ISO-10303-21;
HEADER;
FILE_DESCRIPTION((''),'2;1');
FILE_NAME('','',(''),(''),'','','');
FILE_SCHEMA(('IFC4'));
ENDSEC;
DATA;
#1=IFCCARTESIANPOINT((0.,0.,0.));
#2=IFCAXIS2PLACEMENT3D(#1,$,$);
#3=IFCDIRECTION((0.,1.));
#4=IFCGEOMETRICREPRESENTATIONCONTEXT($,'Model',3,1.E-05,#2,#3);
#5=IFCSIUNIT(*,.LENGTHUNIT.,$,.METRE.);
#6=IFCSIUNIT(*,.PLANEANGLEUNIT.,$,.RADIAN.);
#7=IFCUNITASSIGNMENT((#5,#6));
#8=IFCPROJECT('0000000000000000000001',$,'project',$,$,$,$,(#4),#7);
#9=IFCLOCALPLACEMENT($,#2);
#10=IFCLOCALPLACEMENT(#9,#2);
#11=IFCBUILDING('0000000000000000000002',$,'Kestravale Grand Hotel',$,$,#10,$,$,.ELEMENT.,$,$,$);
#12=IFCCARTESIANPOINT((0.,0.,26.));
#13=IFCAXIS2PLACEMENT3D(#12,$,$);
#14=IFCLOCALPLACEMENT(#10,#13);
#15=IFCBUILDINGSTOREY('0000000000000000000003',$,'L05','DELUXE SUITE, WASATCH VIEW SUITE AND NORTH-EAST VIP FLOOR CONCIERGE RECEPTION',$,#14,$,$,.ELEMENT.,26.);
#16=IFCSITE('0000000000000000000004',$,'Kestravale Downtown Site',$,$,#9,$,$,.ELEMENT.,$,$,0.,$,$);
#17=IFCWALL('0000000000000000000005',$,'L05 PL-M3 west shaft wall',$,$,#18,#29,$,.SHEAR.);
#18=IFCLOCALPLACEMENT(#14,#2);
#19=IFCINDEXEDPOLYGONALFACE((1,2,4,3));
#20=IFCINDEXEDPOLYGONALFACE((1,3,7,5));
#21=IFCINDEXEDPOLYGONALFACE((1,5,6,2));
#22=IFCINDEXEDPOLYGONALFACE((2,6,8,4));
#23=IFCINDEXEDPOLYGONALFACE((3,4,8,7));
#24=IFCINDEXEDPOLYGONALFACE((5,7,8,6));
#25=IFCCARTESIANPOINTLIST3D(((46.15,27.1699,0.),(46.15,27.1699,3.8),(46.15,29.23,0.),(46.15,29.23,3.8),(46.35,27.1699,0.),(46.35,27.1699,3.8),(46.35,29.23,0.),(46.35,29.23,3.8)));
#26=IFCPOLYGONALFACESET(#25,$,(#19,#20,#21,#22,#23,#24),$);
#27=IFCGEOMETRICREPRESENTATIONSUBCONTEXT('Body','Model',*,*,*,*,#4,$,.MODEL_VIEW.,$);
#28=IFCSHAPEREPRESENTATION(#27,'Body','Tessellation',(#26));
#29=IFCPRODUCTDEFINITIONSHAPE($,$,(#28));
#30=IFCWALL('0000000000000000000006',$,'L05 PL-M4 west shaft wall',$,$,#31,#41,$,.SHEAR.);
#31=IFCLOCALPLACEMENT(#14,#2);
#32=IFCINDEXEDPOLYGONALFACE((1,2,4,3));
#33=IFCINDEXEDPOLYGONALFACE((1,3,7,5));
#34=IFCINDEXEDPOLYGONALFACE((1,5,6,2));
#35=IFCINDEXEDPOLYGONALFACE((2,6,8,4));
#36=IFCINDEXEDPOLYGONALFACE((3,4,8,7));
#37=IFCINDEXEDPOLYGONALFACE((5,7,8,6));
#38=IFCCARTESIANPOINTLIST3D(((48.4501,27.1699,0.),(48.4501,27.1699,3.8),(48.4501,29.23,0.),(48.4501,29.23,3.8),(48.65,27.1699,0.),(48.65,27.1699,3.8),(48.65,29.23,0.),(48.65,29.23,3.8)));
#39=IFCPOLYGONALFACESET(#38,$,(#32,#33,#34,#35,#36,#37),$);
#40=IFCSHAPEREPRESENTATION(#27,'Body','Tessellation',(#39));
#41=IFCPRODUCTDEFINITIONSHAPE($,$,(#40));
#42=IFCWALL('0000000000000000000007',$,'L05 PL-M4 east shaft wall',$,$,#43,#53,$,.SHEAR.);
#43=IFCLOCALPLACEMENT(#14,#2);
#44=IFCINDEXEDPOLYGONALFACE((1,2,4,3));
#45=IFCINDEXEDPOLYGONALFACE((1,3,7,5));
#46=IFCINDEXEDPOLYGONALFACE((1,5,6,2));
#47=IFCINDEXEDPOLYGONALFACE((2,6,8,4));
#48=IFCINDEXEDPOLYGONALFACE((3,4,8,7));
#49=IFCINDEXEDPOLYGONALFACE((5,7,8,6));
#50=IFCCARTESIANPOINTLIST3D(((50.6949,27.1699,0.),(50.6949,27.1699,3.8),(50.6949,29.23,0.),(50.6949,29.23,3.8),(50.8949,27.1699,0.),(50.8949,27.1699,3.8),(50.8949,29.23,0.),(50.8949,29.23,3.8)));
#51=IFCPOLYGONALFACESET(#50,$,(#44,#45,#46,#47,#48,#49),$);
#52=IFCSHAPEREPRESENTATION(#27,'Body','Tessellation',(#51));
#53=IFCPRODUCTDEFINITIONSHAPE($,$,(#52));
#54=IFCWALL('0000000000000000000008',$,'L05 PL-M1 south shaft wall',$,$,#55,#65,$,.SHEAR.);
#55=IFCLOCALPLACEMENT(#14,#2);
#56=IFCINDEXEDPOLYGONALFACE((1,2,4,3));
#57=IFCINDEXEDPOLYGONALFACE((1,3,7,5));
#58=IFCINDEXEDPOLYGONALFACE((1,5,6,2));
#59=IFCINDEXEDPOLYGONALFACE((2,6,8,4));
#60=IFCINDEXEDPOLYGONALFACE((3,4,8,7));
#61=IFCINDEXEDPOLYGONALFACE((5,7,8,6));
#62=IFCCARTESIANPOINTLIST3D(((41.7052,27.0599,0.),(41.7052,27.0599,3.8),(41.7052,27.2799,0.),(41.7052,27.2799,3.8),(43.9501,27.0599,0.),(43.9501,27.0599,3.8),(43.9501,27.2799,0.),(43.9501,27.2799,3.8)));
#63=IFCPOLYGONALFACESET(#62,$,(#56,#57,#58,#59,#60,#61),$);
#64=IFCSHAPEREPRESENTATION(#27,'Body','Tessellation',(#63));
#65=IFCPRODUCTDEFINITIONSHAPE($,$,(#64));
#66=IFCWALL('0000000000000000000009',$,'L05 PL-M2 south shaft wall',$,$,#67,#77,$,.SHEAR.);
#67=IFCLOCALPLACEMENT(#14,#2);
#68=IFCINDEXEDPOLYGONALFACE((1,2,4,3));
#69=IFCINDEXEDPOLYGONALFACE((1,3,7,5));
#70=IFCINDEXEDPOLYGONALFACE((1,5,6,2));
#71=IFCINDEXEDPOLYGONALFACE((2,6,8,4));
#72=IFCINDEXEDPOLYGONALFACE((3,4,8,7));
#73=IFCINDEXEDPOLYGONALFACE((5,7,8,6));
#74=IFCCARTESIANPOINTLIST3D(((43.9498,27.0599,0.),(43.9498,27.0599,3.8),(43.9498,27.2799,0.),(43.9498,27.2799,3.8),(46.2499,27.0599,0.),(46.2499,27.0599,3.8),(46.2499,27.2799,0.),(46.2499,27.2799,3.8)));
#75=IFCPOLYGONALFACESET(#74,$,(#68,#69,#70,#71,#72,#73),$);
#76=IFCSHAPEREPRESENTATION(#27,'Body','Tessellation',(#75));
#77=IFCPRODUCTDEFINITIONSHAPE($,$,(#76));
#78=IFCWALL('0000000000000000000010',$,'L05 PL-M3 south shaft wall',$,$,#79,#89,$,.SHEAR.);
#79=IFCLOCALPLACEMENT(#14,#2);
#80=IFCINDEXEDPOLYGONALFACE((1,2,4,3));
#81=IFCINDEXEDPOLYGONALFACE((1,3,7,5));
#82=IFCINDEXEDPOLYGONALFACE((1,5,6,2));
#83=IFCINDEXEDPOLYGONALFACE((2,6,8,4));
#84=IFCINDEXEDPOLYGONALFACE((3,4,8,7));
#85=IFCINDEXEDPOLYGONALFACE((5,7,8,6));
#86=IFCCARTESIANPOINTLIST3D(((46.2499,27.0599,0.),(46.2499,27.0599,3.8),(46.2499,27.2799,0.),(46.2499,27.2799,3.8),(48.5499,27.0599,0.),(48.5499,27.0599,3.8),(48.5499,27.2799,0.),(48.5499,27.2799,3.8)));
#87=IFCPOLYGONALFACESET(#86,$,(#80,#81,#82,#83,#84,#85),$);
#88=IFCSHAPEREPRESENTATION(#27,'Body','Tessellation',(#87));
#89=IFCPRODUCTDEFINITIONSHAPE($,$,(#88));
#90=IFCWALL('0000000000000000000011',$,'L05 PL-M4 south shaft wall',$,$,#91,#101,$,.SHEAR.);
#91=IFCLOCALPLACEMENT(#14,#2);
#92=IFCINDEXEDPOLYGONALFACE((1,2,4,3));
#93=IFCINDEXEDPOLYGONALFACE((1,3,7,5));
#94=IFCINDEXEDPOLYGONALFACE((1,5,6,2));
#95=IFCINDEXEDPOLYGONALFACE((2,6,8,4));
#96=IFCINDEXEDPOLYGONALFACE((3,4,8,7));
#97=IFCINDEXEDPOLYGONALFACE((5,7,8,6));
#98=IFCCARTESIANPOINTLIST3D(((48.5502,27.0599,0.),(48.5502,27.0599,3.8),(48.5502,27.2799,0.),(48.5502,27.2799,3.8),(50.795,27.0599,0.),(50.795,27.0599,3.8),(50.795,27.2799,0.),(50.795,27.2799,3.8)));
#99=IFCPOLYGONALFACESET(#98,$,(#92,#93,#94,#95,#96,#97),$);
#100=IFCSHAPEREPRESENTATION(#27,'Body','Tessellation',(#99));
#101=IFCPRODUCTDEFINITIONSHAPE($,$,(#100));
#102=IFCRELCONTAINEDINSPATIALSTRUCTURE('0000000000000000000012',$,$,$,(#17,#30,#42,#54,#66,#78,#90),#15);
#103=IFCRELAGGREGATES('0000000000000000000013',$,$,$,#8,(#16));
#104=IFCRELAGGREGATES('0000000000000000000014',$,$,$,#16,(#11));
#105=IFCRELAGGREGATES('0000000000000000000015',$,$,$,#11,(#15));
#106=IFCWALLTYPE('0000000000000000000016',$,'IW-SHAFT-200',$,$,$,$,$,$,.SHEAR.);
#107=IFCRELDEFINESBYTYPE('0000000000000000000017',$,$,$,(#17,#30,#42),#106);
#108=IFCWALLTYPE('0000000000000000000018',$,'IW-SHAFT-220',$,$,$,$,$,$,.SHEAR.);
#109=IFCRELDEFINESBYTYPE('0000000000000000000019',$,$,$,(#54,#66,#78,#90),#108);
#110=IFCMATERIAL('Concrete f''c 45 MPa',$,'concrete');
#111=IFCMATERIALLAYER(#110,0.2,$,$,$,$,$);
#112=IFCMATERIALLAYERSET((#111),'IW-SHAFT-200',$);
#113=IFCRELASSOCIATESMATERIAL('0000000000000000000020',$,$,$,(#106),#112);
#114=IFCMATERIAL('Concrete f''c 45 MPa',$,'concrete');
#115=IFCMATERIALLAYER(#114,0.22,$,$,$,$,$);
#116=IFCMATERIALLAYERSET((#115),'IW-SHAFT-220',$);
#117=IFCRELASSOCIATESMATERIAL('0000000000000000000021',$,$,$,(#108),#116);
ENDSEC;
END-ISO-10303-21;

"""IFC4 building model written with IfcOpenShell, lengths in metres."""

from ifc_helpers import new_model, si_unit, direction, frame, frame_2d, origin, place, context, subcontext, project, spatial, rectangle, extrude, material, layer, layer_set, type_object, element, save


model = new_model("IFC4")

# Units and contexts
model_context = context("Model", 3, precision=1e-05, world=origin(), true_north=direction((0.0, 1.0)))
body_context = subcontext(model_context, "Body", "Model", "MODEL_VIEW")
ifc_project = project(units=[si_unit("LENGTHUNIT", "METRE"), si_unit("PLANEANGLEUNIT", "RADIAN")], contexts=[model_context])

# Site, building, storey
site_placement = place(None, origin())
site = spatial("IfcSite", under=ifc_project, at=site_placement, Name="Kestravale Downtown Site", CompositionType="ELEMENT", RefElevation=0.0)
building_placement = place(site_placement, origin())
building = spatial("IfcBuilding", under=site, at=building_placement, Name="Kestravale Grand Hotel", CompositionType="ELEMENT")
storey_placement = place(building_placement, frame((0.0, 0.0, 26.0)))
storey = spatial("IfcBuildingStorey", under=building, at=storey_placement, Name="L05", Description="DELUXE SUITE, WASATCH VIEW SUITE AND NORTH-EAST VIP FLOOR CONCIERGE RECEPTION", CompositionType="ELEMENT", Elevation=26.0)

# Walls
ifc_material_1 = material(Name="Concrete f'c 45 MPa", Category="concrete")
ifc_layer_1 = layer(ifc_material_1, 0.2)
ifc_layer_set_1 = layer_set([ifc_layer_1], Name="IW-SHAFT-200")
wall_type_1 = type_object("IfcWallType", Name="IW-SHAFT-200", PredefinedType="SHEAR", material=ifc_layer_set_1)
for number, where, z_axis, x_axis, name in (
    (1, (46.25, 27.1699, 0.0), (0.0, 0.0, 1.0), (0.0, 1.0, 0.0), "L05 PL-M3 west shaft wall"),
    (2, (48.55, 27.1699, 0.0), (0.0, 0.0, 1.0), (0.0, 1.0, 0.0), "L05 PL-M4 west shaft wall"),
    (3, (50.7949, 27.1699, 0.0), (0.0, 0.0, 1.0), (0.0, 1.0, 0.0), "L05 PL-M4 east shaft wall"),
):
    element("IfcWall", number, at=place(storey_placement, frame(where, z_axis=z_axis, x_axis=x_axis)), inside=storey, type_object=wall_type_1, Name=name, PredefinedType="SHEAR", context=body_context, shape_type="SweptSolid", body=[
        extrude(rectangle(XDim=2.0601, YDim=0.2, at=frame_2d((1.03, 0.0))), origin(), (0.0, 0.0, 1.0), 3.8),
    ])
ifc_material_2 = material(Name="Concrete f'c 45 MPa", Category="concrete")
ifc_layer_2 = layer(ifc_material_2, 0.22)
ifc_layer_set_2 = layer_set([ifc_layer_2], Name="IW-SHAFT-220")
wall_type_2 = type_object("IfcWallType", Name="IW-SHAFT-220", PredefinedType="SHEAR", material=ifc_layer_set_2)
wall_1_placement = place(storey_placement, frame((41.7051, 27.1699, 0.0), z_axis=(0.0, 0.0, 1.0), x_axis=(1.0, 0.0, 0.0)))
element("IfcWall", 4, at=wall_1_placement, inside=storey, type_object=wall_type_2, Name="L05 PL-M1 south shaft wall", PredefinedType="SHEAR", context=body_context, shape_type="SweptSolid", body=[
    extrude(rectangle(XDim=2.2449, YDim=0.22, at=frame_2d((1.1226, 0.0))), origin(), (0.0, 0.0, 1.0), 3.8),
])
for number, where, z_axis, x_axis, name in (
    (5, (43.95, 27.1699, 0.0), (0.0, 0.0, 1.0), (1.0, 0.0, 0.0), "L05 PL-M2 south shaft wall"),
    (6, (46.25, 27.1699, 0.0), (0.0, 0.0, 1.0), (1.0, 0.0, 0.0), "L05 PL-M3 south shaft wall"),
):
    element("IfcWall", number, at=place(storey_placement, frame(where, z_axis=z_axis, x_axis=x_axis)), inside=storey, type_object=wall_type_2, Name=name, PredefinedType="SHEAR", context=body_context, shape_type="SweptSolid", body=[
        extrude(rectangle(XDim=2.3, YDim=0.22, at=frame_2d((1.1499, 0.0))), origin(), (0.0, 0.0, 1.0), 3.8),
    ])
wall_2_placement = place(storey_placement, frame((48.55, 27.1699, 0.0), z_axis=(0.0, 0.0, 1.0), x_axis=(1.0, 0.0, 0.0)))
element("IfcWall", 7, at=wall_2_placement, inside=storey, type_object=wall_type_2, Name="L05 PL-M4 south shaft wall", PredefinedType="SHEAR", context=body_context, shape_type="SweptSolid", body=[
    extrude(rectangle(XDim=2.2449, YDim=0.22, at=frame_2d((1.1226, 0.0))), origin(), (0.0, 0.0, 1.0), 3.8),
])

save(model, "model.ifc")
